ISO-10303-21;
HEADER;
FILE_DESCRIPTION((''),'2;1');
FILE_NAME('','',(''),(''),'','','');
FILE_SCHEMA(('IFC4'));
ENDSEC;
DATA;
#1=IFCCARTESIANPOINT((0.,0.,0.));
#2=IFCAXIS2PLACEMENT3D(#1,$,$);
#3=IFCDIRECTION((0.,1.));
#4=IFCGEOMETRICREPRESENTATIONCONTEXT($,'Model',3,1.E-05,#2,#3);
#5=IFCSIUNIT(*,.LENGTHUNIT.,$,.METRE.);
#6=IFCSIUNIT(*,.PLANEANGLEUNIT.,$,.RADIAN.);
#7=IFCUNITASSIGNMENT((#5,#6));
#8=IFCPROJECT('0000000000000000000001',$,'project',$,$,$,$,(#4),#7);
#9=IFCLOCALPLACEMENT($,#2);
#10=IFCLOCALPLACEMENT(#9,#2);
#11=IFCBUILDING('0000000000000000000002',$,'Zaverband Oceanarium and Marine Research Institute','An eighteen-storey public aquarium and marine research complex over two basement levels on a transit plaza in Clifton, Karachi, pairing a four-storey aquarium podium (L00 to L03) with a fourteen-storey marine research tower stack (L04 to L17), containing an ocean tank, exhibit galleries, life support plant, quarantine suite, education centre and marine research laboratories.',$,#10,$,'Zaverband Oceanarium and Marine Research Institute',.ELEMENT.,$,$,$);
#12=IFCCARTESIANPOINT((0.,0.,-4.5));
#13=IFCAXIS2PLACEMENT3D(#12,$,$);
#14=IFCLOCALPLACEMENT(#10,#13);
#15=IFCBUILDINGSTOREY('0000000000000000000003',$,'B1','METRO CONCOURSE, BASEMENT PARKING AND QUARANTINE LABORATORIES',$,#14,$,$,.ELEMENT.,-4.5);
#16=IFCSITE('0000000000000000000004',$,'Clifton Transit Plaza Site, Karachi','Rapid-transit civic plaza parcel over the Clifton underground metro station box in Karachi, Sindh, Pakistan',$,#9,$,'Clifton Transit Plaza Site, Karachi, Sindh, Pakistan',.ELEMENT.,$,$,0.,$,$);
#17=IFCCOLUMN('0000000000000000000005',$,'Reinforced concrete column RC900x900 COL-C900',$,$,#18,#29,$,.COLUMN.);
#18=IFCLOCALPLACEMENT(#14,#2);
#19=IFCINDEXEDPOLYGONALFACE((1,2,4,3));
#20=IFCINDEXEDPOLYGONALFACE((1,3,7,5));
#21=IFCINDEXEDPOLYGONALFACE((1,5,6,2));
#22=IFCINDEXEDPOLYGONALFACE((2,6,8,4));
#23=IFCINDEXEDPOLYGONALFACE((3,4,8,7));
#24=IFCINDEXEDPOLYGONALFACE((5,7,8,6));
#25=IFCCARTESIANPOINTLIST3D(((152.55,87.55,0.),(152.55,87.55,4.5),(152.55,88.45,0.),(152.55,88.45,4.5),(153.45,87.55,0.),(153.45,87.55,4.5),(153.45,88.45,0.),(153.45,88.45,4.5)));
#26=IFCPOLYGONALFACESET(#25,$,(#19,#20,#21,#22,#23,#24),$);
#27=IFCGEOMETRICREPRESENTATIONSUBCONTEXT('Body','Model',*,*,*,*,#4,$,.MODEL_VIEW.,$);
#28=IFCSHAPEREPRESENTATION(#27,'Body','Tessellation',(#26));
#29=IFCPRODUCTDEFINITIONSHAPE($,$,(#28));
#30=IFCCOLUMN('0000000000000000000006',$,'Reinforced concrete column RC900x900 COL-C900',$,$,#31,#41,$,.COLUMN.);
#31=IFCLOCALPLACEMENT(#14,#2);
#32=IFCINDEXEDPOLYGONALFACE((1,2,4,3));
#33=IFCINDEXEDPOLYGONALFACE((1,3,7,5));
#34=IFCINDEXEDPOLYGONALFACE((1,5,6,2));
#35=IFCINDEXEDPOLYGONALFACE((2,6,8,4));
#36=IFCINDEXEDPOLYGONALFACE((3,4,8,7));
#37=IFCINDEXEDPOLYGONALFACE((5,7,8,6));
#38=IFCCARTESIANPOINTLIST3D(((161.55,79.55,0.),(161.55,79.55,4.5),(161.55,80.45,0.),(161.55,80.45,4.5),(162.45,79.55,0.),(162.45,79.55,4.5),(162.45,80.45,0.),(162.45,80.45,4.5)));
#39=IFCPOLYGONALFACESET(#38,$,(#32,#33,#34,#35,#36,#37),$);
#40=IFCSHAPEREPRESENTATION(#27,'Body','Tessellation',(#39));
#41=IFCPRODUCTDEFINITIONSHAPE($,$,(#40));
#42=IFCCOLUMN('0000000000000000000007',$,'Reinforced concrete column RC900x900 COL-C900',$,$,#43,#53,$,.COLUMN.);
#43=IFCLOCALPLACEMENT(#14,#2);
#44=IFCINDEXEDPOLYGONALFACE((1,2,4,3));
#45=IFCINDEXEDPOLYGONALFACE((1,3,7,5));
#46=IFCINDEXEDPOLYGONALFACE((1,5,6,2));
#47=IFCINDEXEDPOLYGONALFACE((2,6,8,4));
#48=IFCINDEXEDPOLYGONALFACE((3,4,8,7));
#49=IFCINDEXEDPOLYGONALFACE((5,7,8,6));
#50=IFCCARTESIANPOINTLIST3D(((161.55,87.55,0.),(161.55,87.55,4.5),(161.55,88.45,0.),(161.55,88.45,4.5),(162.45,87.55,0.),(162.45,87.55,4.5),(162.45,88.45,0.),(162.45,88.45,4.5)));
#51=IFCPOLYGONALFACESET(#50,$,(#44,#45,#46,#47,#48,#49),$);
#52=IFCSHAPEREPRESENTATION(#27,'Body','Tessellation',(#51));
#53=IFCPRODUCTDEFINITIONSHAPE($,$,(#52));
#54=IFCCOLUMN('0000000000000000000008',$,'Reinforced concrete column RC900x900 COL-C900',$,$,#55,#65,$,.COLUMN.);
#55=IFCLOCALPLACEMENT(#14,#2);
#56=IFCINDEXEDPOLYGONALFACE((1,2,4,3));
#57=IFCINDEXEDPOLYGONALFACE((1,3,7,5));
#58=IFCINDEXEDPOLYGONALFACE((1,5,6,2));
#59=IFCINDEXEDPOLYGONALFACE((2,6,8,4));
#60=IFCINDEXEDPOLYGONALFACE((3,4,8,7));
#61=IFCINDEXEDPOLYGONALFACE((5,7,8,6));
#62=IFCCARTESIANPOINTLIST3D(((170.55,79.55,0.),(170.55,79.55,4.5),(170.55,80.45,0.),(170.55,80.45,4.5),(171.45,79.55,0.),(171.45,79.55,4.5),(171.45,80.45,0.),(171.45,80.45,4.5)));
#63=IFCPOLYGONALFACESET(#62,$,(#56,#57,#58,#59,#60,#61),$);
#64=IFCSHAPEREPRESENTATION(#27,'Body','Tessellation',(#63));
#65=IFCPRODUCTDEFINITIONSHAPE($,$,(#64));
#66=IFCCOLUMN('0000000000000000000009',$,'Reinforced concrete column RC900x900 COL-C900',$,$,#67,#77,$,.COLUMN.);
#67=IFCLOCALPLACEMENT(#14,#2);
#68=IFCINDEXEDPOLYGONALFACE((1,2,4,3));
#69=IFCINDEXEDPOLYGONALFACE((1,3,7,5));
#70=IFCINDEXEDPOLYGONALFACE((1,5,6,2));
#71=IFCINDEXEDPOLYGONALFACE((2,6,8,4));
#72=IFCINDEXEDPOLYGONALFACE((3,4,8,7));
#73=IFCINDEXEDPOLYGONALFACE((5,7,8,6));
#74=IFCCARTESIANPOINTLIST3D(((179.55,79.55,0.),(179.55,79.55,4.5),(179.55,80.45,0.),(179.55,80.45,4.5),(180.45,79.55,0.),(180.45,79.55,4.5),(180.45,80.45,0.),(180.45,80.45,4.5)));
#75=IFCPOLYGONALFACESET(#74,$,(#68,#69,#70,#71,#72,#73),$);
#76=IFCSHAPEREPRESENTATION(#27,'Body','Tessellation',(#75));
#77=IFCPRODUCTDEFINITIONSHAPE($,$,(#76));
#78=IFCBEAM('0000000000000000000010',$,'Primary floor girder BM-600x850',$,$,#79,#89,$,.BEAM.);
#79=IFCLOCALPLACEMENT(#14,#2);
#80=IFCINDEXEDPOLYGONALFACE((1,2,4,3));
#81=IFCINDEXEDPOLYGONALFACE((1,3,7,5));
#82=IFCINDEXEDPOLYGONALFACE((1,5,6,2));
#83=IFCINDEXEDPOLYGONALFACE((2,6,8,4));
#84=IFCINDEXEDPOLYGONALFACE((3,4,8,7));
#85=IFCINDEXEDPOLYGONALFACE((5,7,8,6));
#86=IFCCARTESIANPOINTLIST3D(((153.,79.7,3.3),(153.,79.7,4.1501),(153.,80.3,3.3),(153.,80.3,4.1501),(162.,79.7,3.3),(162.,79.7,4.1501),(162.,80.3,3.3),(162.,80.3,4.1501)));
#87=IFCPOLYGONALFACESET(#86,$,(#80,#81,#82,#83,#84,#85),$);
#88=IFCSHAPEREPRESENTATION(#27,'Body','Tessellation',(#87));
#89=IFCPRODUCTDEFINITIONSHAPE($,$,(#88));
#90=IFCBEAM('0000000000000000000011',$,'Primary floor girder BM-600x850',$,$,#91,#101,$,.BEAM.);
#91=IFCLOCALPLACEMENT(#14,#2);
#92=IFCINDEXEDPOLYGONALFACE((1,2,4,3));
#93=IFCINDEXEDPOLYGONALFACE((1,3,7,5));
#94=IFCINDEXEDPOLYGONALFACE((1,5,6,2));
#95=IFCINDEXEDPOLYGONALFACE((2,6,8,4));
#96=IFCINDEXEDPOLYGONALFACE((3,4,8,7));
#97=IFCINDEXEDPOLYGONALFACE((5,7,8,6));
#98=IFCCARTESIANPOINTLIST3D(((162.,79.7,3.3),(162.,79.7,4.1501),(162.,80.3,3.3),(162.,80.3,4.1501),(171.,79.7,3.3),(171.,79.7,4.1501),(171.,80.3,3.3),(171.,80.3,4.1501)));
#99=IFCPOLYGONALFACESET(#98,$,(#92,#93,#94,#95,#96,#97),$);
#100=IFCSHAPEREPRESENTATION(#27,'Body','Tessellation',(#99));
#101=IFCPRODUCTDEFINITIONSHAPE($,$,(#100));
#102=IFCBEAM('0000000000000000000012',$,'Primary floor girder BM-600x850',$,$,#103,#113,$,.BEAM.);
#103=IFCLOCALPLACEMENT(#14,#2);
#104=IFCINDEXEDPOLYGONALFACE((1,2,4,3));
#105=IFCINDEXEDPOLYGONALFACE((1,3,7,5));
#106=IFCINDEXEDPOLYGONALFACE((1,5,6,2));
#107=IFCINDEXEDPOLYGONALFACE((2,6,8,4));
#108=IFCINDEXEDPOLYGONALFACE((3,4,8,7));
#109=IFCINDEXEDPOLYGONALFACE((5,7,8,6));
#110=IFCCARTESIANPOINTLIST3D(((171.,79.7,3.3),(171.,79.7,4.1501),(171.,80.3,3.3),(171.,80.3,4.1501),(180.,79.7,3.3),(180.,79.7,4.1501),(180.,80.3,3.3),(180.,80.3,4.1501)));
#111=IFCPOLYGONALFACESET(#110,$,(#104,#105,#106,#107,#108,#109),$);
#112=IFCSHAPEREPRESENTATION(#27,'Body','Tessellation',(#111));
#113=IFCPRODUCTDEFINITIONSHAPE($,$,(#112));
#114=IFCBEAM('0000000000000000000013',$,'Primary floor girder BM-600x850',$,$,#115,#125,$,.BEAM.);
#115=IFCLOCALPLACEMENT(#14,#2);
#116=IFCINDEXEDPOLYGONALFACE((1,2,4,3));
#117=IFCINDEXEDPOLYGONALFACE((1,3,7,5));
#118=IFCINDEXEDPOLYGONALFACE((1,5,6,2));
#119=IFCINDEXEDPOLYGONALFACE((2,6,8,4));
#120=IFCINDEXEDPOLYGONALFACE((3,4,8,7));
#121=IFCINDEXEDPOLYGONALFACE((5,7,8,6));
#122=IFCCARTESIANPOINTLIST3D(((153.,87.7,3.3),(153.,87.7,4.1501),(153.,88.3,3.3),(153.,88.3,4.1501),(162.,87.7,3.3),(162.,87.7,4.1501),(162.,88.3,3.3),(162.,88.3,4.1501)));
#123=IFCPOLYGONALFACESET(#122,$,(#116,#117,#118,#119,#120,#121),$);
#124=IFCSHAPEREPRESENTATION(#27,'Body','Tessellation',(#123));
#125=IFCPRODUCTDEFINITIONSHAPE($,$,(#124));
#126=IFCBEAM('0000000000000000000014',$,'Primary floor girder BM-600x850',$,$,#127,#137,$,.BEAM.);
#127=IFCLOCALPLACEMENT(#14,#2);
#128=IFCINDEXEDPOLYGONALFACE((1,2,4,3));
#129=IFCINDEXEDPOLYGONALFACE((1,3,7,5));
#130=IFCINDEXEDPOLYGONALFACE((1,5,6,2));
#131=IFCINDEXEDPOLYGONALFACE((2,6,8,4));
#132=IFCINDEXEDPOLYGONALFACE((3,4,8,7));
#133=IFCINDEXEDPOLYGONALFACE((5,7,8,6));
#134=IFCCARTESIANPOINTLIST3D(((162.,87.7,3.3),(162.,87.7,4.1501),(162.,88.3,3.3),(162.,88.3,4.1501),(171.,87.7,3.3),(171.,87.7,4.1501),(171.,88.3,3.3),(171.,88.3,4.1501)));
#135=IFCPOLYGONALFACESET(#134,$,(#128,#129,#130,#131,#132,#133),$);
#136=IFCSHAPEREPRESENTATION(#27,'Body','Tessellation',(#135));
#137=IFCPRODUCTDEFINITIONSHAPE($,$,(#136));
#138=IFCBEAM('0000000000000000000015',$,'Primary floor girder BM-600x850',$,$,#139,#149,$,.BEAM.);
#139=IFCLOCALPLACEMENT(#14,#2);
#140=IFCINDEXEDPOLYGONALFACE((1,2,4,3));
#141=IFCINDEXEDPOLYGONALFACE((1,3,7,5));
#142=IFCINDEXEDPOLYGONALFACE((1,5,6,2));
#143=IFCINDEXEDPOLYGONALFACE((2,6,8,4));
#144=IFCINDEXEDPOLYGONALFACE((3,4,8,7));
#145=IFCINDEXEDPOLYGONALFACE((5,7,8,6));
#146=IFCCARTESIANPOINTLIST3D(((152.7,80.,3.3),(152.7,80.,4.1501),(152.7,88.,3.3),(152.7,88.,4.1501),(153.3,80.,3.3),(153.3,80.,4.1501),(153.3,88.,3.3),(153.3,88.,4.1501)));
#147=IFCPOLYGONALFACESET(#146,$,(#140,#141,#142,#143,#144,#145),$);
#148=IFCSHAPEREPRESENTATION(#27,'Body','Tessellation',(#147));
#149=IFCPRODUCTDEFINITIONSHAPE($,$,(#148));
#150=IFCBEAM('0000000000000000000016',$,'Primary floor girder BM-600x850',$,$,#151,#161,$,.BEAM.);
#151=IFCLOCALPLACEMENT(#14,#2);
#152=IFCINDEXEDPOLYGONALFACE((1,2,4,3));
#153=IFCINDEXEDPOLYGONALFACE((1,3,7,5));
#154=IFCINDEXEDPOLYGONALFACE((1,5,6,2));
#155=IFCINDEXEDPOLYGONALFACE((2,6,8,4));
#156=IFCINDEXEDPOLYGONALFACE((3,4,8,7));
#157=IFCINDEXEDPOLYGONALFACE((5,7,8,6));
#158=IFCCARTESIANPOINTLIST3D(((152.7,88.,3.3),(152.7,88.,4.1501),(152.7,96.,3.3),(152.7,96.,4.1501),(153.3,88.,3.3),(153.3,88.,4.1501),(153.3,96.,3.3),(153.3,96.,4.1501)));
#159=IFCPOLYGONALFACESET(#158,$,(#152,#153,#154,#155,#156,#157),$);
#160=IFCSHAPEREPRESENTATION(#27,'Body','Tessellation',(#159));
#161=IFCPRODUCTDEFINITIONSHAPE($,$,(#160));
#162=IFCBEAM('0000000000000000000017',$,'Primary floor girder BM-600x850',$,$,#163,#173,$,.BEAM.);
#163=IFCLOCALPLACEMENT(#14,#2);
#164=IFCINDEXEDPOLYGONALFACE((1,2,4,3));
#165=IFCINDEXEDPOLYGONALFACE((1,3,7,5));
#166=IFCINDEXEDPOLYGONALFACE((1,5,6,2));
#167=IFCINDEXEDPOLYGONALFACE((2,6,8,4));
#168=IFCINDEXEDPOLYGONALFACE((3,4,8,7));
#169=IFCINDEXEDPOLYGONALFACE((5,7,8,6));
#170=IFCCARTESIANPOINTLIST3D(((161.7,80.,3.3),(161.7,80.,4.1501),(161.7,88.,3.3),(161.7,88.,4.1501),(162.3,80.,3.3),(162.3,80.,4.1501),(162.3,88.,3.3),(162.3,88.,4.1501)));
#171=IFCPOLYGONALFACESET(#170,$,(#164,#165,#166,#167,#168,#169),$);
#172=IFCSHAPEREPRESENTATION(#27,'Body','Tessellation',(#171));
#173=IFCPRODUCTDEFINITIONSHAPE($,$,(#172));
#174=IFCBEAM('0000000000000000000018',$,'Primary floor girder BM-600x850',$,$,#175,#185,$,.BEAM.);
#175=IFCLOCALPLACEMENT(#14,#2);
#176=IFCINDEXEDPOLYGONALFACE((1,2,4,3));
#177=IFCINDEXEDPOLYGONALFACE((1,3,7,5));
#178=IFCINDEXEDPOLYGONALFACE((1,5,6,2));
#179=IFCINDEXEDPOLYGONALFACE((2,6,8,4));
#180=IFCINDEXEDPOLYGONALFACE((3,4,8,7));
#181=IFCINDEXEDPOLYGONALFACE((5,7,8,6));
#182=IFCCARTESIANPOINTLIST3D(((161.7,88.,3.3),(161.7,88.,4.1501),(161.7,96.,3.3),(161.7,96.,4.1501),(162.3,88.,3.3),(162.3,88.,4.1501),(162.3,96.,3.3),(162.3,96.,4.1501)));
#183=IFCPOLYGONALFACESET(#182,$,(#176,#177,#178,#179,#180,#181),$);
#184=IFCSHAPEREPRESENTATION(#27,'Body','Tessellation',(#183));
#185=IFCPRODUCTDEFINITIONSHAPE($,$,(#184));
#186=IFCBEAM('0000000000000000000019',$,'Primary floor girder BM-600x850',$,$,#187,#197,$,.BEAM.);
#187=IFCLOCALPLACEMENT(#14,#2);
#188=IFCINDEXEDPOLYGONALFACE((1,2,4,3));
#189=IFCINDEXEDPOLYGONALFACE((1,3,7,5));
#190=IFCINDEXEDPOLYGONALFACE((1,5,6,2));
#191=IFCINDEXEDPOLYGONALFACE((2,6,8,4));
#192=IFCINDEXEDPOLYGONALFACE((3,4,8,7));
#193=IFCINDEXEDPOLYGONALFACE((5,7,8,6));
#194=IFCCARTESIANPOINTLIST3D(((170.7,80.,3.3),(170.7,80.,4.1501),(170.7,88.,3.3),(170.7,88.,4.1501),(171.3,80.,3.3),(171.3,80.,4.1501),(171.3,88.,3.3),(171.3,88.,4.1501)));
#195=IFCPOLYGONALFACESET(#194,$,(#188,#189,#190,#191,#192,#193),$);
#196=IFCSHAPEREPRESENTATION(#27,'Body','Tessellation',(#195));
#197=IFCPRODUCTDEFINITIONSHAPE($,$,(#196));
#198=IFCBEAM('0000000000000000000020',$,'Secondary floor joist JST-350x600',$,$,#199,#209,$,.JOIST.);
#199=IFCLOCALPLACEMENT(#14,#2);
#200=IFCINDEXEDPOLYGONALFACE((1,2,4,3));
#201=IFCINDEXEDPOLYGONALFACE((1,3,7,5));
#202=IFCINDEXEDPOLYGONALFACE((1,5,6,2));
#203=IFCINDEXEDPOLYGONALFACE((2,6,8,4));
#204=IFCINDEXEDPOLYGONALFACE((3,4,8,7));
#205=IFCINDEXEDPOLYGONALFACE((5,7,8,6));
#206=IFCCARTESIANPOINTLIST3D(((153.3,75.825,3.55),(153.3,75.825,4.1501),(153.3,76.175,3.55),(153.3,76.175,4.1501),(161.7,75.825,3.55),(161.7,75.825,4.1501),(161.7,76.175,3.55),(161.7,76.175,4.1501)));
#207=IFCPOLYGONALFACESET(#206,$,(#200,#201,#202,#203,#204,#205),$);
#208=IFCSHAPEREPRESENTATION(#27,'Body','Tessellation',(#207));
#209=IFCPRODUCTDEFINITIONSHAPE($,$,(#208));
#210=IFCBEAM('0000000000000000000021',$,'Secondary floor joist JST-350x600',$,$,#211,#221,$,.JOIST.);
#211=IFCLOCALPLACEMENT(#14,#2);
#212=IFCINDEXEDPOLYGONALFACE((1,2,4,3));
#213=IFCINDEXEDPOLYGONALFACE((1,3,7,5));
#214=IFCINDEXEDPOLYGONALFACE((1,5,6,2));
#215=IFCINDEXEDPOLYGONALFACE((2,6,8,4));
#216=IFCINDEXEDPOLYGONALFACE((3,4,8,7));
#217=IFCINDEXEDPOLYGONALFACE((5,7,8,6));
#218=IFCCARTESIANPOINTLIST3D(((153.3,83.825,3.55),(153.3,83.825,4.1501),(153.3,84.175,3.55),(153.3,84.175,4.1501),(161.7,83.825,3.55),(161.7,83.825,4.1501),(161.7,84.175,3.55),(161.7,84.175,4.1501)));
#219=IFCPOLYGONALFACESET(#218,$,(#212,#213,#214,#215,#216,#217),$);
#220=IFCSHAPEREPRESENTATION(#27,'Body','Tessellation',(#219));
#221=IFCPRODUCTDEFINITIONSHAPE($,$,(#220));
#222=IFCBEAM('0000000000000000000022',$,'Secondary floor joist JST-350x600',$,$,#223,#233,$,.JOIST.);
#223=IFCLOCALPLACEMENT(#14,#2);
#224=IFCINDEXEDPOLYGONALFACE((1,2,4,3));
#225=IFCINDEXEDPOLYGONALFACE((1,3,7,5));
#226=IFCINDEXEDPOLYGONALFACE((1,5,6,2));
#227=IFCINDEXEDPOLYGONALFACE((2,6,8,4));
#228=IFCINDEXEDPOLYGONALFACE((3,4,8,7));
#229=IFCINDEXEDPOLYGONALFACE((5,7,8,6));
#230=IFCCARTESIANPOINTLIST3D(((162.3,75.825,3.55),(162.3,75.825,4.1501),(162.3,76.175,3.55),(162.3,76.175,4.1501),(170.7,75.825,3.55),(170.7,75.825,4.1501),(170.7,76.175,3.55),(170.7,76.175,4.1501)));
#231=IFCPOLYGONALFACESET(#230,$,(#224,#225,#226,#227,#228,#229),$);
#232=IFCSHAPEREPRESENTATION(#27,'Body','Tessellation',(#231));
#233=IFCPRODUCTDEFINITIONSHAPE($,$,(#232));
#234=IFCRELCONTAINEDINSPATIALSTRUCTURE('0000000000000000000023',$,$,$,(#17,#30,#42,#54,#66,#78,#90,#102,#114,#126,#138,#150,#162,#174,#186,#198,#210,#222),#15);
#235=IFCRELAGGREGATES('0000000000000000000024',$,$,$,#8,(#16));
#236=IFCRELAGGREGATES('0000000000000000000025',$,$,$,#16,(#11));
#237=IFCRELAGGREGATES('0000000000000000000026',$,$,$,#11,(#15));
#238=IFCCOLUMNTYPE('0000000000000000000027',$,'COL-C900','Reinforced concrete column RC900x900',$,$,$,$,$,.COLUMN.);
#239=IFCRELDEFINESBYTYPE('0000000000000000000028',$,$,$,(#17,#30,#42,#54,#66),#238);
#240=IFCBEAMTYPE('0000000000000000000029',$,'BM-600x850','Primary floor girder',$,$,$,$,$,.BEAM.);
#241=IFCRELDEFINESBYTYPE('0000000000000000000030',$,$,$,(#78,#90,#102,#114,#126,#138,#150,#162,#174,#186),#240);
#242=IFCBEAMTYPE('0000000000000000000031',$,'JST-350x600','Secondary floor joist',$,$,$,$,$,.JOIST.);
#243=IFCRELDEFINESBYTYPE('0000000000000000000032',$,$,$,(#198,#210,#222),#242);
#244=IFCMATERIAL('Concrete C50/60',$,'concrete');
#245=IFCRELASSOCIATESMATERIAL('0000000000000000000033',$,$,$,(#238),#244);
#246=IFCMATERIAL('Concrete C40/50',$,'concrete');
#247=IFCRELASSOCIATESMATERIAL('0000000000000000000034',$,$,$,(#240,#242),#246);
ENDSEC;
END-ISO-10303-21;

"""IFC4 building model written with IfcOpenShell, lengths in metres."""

from ifc_helpers import new_model, si_unit, direction, frame, origin, origin_2d, place, context, subcontext, project, spatial, rectangle, extrude, material, material_profile, profile_set, type_object, element, save


model = new_model("IFC4")

# Units and contexts
model_context = context("Model", 3, precision=1e-05, world=origin(), true_north=direction((0.0, 1.0)))
body_context = subcontext(model_context, "Body", "Model", "MODEL_VIEW")
ifc_project = project(units=[si_unit("LENGTHUNIT", "METRE"), si_unit("PLANEANGLEUNIT", "RADIAN")], contexts=[model_context])

# Site, building, storey
site_placement = place(None, origin())
site = spatial("IfcSite", under=ifc_project, at=site_placement, Name="Clifton Transit Plaza Site, Karachi", Description="Rapid-transit civic plaza parcel over the Clifton underground metro station box in Karachi, Sindh, Pakistan", LongName="Clifton Transit Plaza Site, Karachi, Sindh, Pakistan", CompositionType="ELEMENT", RefElevation=0.0)
building_placement = place(site_placement, origin())
building = spatial("IfcBuilding", under=site, at=building_placement, Name="Zaverband Oceanarium and Marine Research Institute", Description="An eighteen-storey public aquarium and marine research complex over two basement levels on a transit plaza in Clifton, Karachi, pairing a four-storey aquarium podium (L00 to L03) with a fourteen-storey marine research tower stack (L04 to L17), containing an ocean tank, exhibit galleries, life support plant, quarantine suite, education centre and marine research laboratories.", LongName="Zaverband Oceanarium and Marine Research Institute", CompositionType="ELEMENT")
storey_placement = place(building_placement, frame((0.0, 0.0, -4.5)))
storey = spatial("IfcBuildingStorey", under=building, at=storey_placement, Name="B1", Description="METRO CONCOURSE, BASEMENT PARKING AND QUARANTINE LABORATORIES", CompositionType="ELEMENT", Elevation=-4.5)

# Columns
ifc_material_1 = material(Name="Concrete C50/60", Category="concrete")
ifc_material_profile_1 = material_profile(ifc_material_1, rectangle(XDim=0.8999, YDim=0.8999, at=origin_2d()), Name="RC900x900")
ifc_profile_set_1 = profile_set([ifc_material_profile_1], Name="Concrete C50/60")
column_type = type_object("IfcColumnType", Name="COL-C900", Description="Reinforced concrete column RC900x900", PredefinedType="COLUMN", material=ifc_profile_set_1)
for number, where, z_axis, x_axis, name in (
    (1, (153.0, 88.0, 0.0), (0.0, 0.0, 1.0), (1.0, 0.0, 0.0), "Reinforced concrete column RC900x900 COL-C900"),
    (2, (162.0, 80.0, 0.0), (0.0, 0.0, 1.0), (1.0, 0.0, 0.0), "Reinforced concrete column RC900x900 COL-C900"),
    (3, (162.0, 88.0, 0.0), (0.0, 0.0, 1.0), (1.0, 0.0, 0.0), "Reinforced concrete column RC900x900 COL-C900"),
    (4, (171.0, 80.0, 0.0), (0.0, 0.0, 1.0), (1.0, 0.0, 0.0), "Reinforced concrete column RC900x900 COL-C900"),
    (5, (180.0, 80.0, 0.0), (0.0, 0.0, 1.0), (1.0, 0.0, 0.0), "Reinforced concrete column RC900x900 COL-C900"),
):
    element("IfcColumn", number, at=place(storey_placement, frame(where, z_axis=z_axis, x_axis=x_axis)), inside=storey, type_object=column_type, Name=name, PredefinedType="COLUMN", context=body_context, shape_type="SweptSolid", body=[
        extrude(rectangle(XDim=0.8999, YDim=0.8999, at=origin_2d()), origin(), (0.0, 0.0, 1.0), 4.5),
    ])

# Beams
ifc_material_2 = material(Name="Concrete C40/50", Category="concrete")
ifc_material_profile_2 = material_profile(ifc_material_2, rectangle(XDim=0.6001, YDim=0.8501, at=origin_2d()), Name="RC600x850")
ifc_profile_set_2 = profile_set([ifc_material_profile_2], Name="Concrete C40/50")
beam_type_1 = type_object("IfcBeamType", Name="BM-600x850", Description="Primary floor girder", PredefinedType="BEAM", material=ifc_profile_set_2)
for number, where, z_axis, x_axis, name in (
    (6, (153.0, 80.0, 3.7251), (1.0, 0.0, 0.0), (0.0, 1.0, 0.0), "Primary floor girder BM-600x850"),
    (7, (162.0, 80.0, 3.7251), (1.0, 0.0, 0.0), (0.0, 1.0, 0.0), "Primary floor girder BM-600x850"),
    (8, (171.0, 80.0, 3.7251), (1.0, 0.0, 0.0), (0.0, 1.0, 0.0), "Primary floor girder BM-600x850"),
    (9, (153.0, 88.0, 3.7251), (1.0, 0.0, 0.0), (0.0, 1.0, 0.0), "Primary floor girder BM-600x850"),
    (10, (162.0, 88.0, 3.7251), (1.0, 0.0, 0.0), (0.0, 1.0, 0.0), "Primary floor girder BM-600x850"),
):
    element("IfcBeam", number, at=place(storey_placement, frame(where, z_axis=z_axis, x_axis=x_axis)), inside=storey, type_object=beam_type_1, Name=name, PredefinedType="BEAM", context=body_context, shape_type="SweptSolid", body=[
        extrude(rectangle(XDim=0.6001, YDim=0.8501, at=origin_2d()), origin(), (0.0, 0.0, 1.0), 9.0),
    ])
for number, where, z_axis, x_axis, name in (
    (11, (153.0, 80.0, 3.7251), (0.0, 1.0, 0.0), (-1.0, 0.0, 0.0), "Primary floor girder BM-600x850"),
    (12, (153.0, 88.0, 3.7251), (0.0, 1.0, 0.0), (-1.0, 0.0, 0.0), "Primary floor girder BM-600x850"),
    (13, (162.0, 80.0, 3.7251), (0.0, 1.0, 0.0), (-1.0, 0.0, 0.0), "Primary floor girder BM-600x850"),
    (14, (162.0, 88.0, 3.7251), (0.0, 1.0, 0.0), (-1.0, 0.0, 0.0), "Primary floor girder BM-600x850"),
    (15, (171.0, 80.0, 3.7251), (0.0, 1.0, 0.0), (-1.0, 0.0, 0.0), "Primary floor girder BM-600x850"),
):
    element("IfcBeam", number, at=place(storey_placement, frame(where, z_axis=z_axis, x_axis=x_axis)), inside=storey, type_object=beam_type_1, Name=name, PredefinedType="BEAM", context=body_context, shape_type="SweptSolid", body=[
        extrude(rectangle(XDim=0.6001, YDim=0.8501, at=origin_2d()), origin(), (0.0, 0.0, 1.0), 8.0),
    ])
ifc_material_profile_3 = material_profile(ifc_material_2, rectangle(XDim=0.3501, YDim=0.6001, at=origin_2d()), Name="RC350x600")
ifc_profile_set_3 = profile_set([ifc_material_profile_3], Name="Concrete C40/50")
beam_type_2 = type_object("IfcBeamType", Name="JST-350x600", Description="Secondary floor joist", PredefinedType="JOIST", material=ifc_profile_set_3)
for number, where, z_axis, x_axis, name in (
    (16, (153.3, 76.0, 3.8501), (1.0, 0.0, 0.0), (0.0, 1.0, 0.0), "Secondary floor joist JST-350x600"),
    (17, (153.3, 84.0, 3.8501), (1.0, 0.0, 0.0), (0.0, 1.0, 0.0), "Secondary floor joist JST-350x600"),
    (18, (162.3, 76.0, 3.8501), (1.0, 0.0, 0.0), (0.0, 1.0, 0.0), "Secondary floor joist JST-350x600"),
):
    element("IfcBeam", number, at=place(storey_placement, frame(where, z_axis=z_axis, x_axis=x_axis)), inside=storey, type_object=beam_type_2, Name=name, PredefinedType="JOIST", context=body_context, shape_type="SweptSolid", body=[
        extrude(rectangle(XDim=0.3501, YDim=0.6001, at=origin_2d()), origin(), (0.0, 0.0, 1.0), 8.3999),
    ])

save(model, "model.ifc")
